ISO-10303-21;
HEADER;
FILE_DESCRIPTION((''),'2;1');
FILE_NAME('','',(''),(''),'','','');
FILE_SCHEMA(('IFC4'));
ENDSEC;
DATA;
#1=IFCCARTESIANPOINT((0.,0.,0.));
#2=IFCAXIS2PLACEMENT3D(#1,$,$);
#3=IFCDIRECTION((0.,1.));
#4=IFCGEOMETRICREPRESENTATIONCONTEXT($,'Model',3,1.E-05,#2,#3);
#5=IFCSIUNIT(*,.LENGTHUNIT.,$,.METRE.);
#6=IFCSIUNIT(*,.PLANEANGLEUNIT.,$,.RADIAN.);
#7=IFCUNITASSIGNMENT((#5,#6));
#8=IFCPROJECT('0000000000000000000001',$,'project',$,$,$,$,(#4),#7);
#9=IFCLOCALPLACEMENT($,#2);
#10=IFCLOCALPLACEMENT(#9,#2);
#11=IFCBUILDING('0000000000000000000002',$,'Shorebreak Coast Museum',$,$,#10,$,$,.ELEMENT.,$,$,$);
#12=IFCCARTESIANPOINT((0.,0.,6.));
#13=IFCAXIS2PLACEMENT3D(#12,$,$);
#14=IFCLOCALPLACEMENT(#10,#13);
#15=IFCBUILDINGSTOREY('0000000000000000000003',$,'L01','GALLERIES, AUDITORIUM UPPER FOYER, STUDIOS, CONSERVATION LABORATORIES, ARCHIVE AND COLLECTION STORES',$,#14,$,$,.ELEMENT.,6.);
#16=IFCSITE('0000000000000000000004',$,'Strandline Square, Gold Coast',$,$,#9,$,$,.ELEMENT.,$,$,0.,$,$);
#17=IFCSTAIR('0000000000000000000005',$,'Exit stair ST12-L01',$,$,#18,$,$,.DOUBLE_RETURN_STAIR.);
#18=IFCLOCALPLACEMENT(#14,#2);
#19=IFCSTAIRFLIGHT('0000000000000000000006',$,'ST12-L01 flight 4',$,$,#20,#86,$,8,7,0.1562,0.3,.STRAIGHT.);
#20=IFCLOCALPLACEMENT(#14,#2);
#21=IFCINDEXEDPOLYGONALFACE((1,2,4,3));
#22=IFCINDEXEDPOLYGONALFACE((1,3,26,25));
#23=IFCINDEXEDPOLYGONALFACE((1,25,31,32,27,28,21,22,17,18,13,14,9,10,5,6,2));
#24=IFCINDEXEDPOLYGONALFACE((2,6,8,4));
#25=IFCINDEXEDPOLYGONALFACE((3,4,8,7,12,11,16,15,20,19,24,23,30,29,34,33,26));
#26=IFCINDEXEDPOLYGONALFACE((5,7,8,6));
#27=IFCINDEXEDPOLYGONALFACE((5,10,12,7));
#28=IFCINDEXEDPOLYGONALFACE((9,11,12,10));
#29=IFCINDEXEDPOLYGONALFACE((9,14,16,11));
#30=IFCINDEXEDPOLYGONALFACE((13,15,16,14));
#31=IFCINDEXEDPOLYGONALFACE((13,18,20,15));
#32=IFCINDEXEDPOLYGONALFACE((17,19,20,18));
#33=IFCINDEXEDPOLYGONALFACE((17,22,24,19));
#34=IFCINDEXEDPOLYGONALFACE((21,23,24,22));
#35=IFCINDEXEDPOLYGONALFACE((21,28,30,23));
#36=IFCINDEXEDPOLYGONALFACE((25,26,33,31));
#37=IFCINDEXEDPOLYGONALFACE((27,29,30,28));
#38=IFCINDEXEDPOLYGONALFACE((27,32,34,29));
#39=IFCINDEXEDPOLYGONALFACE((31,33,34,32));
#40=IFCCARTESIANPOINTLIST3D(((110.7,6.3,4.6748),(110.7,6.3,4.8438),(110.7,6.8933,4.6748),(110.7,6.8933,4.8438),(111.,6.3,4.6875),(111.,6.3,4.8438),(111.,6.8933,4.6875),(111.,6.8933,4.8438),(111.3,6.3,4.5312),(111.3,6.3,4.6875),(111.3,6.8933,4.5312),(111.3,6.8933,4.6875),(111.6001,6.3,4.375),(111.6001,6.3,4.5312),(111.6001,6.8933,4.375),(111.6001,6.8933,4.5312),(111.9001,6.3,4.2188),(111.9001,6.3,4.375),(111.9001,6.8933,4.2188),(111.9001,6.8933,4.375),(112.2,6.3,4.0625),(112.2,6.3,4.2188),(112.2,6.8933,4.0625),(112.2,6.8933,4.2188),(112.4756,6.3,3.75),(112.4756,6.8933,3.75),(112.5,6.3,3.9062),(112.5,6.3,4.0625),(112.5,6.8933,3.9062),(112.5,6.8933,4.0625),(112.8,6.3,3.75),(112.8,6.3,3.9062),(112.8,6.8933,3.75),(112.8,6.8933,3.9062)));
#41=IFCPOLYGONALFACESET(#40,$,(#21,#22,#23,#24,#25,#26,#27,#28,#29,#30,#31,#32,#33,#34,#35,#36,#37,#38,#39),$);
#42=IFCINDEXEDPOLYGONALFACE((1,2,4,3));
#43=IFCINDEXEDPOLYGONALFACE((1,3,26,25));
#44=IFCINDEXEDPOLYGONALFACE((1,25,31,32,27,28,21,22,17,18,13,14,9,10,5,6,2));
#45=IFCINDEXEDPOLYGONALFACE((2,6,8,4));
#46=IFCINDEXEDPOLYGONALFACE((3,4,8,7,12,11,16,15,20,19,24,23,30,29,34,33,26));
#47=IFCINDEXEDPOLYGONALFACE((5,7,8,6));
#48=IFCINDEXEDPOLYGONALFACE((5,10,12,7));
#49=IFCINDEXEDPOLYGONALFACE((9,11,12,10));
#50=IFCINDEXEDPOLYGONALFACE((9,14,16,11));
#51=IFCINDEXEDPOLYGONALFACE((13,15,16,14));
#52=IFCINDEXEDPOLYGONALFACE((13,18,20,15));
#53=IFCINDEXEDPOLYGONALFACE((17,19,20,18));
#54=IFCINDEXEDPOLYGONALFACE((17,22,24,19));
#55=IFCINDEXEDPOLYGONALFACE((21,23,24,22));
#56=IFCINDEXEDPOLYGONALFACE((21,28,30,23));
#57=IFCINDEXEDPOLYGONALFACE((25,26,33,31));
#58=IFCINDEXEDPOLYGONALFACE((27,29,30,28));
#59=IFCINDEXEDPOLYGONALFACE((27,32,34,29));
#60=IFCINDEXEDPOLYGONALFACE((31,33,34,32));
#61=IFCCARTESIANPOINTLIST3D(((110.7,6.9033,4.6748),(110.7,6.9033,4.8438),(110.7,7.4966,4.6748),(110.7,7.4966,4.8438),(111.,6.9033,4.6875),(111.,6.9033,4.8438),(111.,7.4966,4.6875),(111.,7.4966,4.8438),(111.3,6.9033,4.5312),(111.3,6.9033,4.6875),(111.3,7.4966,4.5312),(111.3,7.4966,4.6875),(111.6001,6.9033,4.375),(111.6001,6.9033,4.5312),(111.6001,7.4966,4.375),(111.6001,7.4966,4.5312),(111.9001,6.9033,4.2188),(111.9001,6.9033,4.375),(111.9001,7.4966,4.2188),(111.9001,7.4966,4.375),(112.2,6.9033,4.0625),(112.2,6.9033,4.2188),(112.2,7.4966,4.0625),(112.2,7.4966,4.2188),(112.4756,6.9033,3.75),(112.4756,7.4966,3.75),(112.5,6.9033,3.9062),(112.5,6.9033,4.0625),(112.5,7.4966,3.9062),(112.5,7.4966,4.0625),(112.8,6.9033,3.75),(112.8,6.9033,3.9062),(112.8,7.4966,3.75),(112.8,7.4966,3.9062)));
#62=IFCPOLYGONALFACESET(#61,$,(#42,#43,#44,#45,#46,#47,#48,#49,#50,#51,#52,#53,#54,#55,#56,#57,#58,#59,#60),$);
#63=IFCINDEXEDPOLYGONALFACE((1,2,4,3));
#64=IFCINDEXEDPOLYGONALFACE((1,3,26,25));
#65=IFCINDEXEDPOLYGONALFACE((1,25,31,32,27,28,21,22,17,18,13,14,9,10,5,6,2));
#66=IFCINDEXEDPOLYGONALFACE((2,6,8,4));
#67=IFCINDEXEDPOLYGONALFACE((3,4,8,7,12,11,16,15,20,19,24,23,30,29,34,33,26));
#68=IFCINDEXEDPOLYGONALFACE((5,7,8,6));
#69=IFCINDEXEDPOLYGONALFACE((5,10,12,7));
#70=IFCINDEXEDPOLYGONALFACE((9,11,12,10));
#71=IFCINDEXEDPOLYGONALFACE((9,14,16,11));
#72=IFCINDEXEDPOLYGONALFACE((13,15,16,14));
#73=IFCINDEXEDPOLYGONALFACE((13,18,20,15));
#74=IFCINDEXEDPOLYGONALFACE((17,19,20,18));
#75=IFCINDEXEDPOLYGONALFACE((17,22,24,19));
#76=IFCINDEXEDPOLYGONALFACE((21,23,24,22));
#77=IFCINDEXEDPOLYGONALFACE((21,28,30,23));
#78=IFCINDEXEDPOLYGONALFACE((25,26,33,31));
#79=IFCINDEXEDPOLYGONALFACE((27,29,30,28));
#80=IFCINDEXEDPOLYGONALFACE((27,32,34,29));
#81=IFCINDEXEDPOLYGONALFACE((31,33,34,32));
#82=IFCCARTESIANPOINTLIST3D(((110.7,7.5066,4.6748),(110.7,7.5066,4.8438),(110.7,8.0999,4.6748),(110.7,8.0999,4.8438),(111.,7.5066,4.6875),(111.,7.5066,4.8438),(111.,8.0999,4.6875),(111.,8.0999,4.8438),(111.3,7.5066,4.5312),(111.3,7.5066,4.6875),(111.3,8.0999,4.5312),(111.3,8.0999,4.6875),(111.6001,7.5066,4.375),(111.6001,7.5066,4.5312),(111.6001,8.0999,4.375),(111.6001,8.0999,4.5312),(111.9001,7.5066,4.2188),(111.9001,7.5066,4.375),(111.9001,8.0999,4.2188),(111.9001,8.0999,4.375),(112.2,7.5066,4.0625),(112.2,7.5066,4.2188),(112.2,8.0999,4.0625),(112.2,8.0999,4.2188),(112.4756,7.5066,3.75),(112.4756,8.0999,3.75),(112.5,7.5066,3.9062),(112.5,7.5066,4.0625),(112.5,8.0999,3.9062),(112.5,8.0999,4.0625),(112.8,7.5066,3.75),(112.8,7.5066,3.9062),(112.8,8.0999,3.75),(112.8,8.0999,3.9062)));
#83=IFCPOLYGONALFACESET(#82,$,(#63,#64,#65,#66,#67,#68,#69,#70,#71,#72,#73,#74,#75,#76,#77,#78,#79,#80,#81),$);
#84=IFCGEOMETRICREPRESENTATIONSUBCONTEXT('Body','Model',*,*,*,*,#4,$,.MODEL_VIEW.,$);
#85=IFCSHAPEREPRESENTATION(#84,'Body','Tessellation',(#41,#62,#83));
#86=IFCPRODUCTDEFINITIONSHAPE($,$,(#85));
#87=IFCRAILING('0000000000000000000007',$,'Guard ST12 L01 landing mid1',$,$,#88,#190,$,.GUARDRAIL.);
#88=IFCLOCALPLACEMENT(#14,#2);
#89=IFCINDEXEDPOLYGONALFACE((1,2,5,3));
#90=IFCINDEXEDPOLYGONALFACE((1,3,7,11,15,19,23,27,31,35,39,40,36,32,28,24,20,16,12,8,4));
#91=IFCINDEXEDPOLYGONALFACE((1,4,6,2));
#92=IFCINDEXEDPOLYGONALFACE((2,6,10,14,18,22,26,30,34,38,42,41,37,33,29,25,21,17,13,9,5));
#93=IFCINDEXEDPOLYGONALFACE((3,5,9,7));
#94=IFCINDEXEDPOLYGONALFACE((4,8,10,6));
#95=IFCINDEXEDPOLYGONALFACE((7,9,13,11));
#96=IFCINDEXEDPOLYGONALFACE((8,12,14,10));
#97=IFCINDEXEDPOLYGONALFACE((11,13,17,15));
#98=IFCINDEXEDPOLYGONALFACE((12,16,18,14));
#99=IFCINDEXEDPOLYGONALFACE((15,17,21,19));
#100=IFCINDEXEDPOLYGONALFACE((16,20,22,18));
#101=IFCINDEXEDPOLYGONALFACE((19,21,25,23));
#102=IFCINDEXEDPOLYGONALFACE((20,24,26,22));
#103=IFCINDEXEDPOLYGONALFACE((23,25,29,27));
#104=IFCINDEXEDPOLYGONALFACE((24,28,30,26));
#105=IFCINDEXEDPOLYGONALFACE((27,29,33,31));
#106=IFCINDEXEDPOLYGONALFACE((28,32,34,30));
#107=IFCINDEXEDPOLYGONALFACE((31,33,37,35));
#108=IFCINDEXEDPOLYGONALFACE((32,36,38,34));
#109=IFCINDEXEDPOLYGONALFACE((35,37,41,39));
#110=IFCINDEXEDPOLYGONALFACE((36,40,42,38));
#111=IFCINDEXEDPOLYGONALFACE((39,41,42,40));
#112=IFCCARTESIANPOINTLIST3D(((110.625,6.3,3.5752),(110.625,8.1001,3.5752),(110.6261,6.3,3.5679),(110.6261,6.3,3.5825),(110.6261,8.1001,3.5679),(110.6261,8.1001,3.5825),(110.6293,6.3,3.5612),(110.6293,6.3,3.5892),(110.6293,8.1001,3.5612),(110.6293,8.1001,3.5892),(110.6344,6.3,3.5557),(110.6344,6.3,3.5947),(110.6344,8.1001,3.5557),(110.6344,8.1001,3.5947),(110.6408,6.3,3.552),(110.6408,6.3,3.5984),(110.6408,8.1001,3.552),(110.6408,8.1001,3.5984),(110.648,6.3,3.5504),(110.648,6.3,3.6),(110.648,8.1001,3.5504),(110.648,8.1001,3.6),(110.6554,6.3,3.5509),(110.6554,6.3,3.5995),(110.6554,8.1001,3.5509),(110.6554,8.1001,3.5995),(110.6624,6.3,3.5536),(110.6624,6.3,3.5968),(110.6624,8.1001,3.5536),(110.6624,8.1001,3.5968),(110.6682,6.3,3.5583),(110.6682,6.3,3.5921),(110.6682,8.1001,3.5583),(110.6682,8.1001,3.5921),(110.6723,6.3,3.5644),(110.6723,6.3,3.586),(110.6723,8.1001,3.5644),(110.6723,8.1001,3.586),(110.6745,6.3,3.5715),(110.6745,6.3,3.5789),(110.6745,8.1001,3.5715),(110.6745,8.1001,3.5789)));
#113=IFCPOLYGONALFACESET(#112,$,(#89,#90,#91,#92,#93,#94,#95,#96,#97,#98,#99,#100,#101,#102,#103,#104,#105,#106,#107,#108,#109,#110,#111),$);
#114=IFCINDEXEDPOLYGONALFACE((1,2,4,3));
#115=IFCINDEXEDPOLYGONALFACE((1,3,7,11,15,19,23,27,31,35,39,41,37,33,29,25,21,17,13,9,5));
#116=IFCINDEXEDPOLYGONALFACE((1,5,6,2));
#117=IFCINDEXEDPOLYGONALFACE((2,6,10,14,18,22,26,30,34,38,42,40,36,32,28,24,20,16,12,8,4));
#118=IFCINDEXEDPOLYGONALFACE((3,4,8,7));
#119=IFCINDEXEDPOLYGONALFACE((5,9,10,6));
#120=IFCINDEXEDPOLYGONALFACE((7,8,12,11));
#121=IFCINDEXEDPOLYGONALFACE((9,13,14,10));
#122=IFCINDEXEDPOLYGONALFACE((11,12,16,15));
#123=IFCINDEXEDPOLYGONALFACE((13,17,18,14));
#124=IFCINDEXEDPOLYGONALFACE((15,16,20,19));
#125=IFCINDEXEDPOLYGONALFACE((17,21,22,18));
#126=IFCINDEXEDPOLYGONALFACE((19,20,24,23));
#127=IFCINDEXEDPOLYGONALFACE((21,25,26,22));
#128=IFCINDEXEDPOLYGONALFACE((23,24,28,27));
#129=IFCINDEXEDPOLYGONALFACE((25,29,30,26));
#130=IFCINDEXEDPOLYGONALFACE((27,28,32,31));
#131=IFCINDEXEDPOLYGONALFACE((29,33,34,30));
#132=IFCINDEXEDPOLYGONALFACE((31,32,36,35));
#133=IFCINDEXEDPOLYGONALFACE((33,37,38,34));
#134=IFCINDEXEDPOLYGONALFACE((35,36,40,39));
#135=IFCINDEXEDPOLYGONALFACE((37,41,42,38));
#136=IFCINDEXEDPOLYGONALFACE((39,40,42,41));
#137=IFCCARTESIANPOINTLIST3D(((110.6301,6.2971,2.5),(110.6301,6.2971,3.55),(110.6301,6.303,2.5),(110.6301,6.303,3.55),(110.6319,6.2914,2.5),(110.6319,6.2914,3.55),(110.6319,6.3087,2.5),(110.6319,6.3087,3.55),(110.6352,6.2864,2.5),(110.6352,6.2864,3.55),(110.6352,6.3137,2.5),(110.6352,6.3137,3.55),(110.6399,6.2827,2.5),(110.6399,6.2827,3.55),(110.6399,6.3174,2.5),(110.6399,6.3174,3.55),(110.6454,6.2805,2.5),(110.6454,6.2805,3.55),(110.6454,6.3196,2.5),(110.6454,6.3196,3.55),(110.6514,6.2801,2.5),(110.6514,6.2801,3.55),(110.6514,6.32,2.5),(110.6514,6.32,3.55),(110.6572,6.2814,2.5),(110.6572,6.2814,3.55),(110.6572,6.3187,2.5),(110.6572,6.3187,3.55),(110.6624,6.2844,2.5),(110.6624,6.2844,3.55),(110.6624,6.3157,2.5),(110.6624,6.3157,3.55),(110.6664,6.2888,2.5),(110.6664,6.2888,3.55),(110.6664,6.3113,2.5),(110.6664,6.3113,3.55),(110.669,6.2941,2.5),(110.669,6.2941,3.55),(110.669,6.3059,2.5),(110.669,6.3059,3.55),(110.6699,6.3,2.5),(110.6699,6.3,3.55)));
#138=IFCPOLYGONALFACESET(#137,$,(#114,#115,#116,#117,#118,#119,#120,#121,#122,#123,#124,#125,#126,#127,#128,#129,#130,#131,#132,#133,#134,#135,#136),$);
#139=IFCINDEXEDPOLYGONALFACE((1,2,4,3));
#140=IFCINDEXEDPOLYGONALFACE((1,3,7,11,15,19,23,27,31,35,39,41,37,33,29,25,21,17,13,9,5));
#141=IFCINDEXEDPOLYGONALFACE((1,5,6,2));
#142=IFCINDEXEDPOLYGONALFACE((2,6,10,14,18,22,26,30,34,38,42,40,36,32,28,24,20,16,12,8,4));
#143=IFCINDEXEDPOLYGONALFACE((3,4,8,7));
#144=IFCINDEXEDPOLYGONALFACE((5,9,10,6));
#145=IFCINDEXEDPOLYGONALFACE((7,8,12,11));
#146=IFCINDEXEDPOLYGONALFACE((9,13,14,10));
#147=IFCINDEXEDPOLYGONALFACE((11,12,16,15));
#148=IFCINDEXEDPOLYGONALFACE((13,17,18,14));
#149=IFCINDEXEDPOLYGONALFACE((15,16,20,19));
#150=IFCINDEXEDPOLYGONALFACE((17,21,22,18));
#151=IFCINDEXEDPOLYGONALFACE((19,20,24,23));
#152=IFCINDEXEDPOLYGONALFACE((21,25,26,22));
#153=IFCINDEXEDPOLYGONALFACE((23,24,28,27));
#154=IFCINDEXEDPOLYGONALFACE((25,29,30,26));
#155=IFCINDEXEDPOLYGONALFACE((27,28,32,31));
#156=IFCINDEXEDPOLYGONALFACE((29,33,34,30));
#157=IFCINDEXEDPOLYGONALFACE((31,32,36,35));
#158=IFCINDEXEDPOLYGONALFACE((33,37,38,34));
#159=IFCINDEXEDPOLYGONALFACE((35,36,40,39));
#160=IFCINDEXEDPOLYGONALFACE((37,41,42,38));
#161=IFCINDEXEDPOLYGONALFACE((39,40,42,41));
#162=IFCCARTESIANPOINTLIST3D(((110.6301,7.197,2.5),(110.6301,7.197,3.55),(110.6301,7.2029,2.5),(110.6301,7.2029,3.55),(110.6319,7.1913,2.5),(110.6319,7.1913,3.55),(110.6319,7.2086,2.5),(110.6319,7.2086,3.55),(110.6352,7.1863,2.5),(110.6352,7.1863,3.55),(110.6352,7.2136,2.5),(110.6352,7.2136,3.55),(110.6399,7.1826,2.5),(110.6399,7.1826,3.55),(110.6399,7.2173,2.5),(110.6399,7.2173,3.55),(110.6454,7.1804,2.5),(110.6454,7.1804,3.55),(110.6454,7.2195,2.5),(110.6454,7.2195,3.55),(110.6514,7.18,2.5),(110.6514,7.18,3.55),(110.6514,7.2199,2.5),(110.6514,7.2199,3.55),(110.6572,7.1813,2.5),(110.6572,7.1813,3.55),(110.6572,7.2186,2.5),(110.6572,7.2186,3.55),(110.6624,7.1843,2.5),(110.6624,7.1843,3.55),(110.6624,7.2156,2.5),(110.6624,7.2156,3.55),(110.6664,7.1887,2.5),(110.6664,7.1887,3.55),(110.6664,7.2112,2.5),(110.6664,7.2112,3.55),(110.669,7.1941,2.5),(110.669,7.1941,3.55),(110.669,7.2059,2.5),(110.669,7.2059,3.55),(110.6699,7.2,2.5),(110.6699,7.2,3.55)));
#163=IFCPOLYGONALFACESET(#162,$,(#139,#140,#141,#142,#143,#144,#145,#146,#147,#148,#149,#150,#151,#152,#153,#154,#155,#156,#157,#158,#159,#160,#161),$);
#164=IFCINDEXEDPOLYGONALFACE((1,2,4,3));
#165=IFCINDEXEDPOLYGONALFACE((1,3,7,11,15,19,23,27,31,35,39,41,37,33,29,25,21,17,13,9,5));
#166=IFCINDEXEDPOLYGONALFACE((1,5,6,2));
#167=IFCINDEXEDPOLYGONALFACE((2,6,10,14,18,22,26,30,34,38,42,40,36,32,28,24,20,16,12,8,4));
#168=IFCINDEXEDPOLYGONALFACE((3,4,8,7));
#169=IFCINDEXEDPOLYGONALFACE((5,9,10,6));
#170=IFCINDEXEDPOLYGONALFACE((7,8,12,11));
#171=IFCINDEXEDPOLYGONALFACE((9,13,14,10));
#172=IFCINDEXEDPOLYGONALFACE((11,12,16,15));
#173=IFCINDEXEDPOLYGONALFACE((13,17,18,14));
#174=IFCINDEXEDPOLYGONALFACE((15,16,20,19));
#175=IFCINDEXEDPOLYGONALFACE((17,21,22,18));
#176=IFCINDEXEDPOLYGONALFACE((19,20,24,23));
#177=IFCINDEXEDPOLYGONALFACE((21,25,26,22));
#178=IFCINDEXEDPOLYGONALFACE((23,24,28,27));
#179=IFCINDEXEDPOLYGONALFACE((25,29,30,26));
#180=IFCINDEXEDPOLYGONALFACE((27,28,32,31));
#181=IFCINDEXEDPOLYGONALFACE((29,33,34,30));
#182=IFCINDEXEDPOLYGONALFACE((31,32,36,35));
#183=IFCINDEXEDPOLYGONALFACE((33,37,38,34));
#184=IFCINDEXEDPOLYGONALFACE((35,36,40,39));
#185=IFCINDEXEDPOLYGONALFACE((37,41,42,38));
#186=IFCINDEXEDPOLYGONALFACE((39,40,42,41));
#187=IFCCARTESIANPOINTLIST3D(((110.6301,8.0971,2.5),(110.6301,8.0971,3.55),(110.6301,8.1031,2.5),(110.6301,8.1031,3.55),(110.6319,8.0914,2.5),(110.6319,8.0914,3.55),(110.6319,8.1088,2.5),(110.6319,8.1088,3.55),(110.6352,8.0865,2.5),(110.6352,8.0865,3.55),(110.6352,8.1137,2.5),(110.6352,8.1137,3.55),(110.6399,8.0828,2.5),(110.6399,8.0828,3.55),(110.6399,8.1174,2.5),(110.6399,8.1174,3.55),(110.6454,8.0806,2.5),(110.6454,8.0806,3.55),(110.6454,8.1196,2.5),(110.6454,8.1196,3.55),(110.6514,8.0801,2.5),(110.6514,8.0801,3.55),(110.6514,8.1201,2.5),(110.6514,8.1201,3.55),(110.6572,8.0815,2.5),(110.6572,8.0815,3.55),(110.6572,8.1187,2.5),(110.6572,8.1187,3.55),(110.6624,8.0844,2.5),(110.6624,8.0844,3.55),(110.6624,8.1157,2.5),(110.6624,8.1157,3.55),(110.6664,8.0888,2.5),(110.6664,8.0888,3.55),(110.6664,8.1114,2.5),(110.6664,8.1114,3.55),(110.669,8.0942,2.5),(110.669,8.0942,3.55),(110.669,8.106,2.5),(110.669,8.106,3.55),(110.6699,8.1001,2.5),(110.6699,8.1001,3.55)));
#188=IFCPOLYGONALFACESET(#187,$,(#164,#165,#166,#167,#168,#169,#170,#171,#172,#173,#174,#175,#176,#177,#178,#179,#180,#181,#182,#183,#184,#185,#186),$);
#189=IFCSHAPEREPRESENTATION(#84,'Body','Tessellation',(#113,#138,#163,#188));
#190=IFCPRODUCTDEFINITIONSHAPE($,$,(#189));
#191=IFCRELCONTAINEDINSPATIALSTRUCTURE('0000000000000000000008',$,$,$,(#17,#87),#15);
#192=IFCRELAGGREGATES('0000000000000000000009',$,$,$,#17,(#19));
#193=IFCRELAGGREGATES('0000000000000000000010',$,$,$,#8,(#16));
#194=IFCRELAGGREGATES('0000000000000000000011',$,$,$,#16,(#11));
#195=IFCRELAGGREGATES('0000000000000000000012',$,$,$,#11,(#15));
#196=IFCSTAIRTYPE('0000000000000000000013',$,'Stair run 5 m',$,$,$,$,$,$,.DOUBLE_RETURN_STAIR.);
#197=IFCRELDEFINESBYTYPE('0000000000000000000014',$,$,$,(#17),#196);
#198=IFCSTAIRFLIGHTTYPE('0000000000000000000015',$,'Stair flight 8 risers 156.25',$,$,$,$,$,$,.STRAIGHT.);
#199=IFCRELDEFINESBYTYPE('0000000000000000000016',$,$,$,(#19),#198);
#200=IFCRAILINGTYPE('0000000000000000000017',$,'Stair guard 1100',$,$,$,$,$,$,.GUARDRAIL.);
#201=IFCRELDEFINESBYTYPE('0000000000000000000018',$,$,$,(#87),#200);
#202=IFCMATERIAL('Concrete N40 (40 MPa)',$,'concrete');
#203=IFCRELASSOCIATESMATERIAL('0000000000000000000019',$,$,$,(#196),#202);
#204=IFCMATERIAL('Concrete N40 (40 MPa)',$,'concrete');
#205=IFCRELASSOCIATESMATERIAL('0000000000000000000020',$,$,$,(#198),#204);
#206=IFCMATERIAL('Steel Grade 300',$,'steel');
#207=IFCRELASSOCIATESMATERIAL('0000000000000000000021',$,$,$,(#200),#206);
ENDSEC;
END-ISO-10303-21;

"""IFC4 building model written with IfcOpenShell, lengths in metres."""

from ifc_helpers import new_model, si_unit, direction, frame, origin, origin_2d, place, context, subcontext, project, spatial, polyline, circle, outline, extrude, material, type_object, element, aggregate, save


model = new_model("IFC4")

# Units and contexts
model_context = context("Model", 3, precision=1e-05, world=origin(), true_north=direction((0.0, 1.0)))
body_context = subcontext(model_context, "Body", "Model", "MODEL_VIEW")
ifc_project = project(units=[si_unit("LENGTHUNIT", "METRE"), si_unit("PLANEANGLEUNIT", "RADIAN")], contexts=[model_context])

# Site, building, storey
site_placement = place(None, origin())
site = spatial("IfcSite", under=ifc_project, at=site_placement, Name="Strandline Square, Gold Coast", CompositionType="ELEMENT", RefElevation=0.0)
building_placement = place(site_placement, origin())
building = spatial("IfcBuilding", under=site, at=building_placement, Name="Shorebreak Coast Museum", CompositionType="ELEMENT")
storey_placement = place(building_placement, frame((0.0, 0.0, 6.0)))
storey = spatial("IfcBuildingStorey", under=building, at=storey_placement, Name="L01", Description="GALLERIES, AUDITORIUM UPPER FOYER, STUDIOS, CONSERVATION LABORATORIES, ARCHIVE AND COLLECTION STORES", CompositionType="ELEMENT", Elevation=6.0)

# Stair, stair flight
ifc_material_1 = material(Name="Concrete N40 (40 MPa)", Category="concrete")
stair_type = type_object("IfcStairType", Name="Stair run 5 m", PredefinedType="DOUBLE_RETURN_STAIR", material=ifc_material_1)
stair_placement = place(storey_placement, origin())
stair = element("IfcStair", 1, at=stair_placement, inside=storey, type_object=stair_type, Name="Exit stair ST12-L01", PredefinedType="DOUBLE_RETURN_STAIR")
ifc_material_2 = material(Name="Concrete N40 (40 MPa)", Category="concrete")
stair_flight_type = type_object("IfcStairFlightType", Name="Stair flight 8 risers 156.25", PredefinedType="STRAIGHT", material=ifc_material_2)
stair_flight_1_placement = place(storey_placement, frame((112.8, 7.2, 3.75), z_axis=(0.0, 0.0, 1.0), x_axis=(-1.0, 0.0, 0.0)))
stair_flight_1 = element("IfcStairFlight", 2, at=stair_flight_1_placement, type_object=stair_flight_type, Name="ST12-L01 flight 4", NumberOfRisers=8, NumberOfTreads=7, PredefinedType="STRAIGHT", RiserHeight=0.1562, TreadLength=0.3, context=body_context, shape_type="SweptSolid", body=[
    extrude(outline(polyline([(0.0, 0.0), (0.0, 0.1562), (0.3, 0.1562), (0.3, 0.3125), (0.6001, 0.3125), (0.6001, 0.4688), (0.8999, 0.4688), (0.8999, 0.625), (1.2, 0.625), (1.2, 0.7812), (1.5, 0.7812), (1.5, 0.9375), (1.8, 0.9375), (1.8, 1.0938), (2.1001, 1.0938), (2.1001, 1.25), (2.1001, 0.9248), (0.3245, 0.0), (0.0, 0.0)])), frame((0.0, 0.8999, 0.0), z_axis=(0.0, -1.0, 0.0), x_axis=(1.0, 0.0, 0.0)), (0.0, 0.0, 1.0), 0.5933),
    extrude(outline(polyline([(0.0, 0.0), (0.0, 0.1562), (0.3, 0.1562), (0.3, 0.3125), (0.6001, 0.3125), (0.6001, 0.4688), (0.8999, 0.4688), (0.8999, 0.625), (1.2, 0.625), (1.2, 0.7812), (1.5, 0.7812), (1.5, 0.9375), (1.8, 0.9375), (1.8, 1.0938), (2.1001, 1.0938), (2.1001, 1.25), (2.1001, 0.9248), (0.3245, 0.0), (0.0, 0.0)])), frame((0.0, 0.2966, 0.0), z_axis=(0.0, -1.0, 0.0), x_axis=(1.0, 0.0, 0.0)), (0.0, 0.0, 1.0), 0.5933),
    extrude(outline(polyline([(0.0, 0.0), (0.0, 0.1562), (0.3, 0.1562), (0.3, 0.3125), (0.6001, 0.3125), (0.6001, 0.4688), (0.8999, 0.4688), (0.8999, 0.625), (1.2, 0.625), (1.2, 0.7812), (1.5, 0.7812), (1.5, 0.9375), (1.8, 0.9375), (1.8, 1.0938), (2.1001, 1.0938), (2.1001, 1.25), (2.1001, 0.9248), (0.3245, 0.0), (0.0, 0.0)])), frame((0.0, -0.3066, 0.0), z_axis=(0.0, -1.0, 0.0), x_axis=(1.0, 0.0, 0.0)), (0.0, 0.0, 1.0), 0.5933),
])
aggregate(stair, [stair_flight_1])

# Railing
ifc_material_3 = material(Name="Steel Grade 300", Category="steel")
railing_type_1 = type_object("IfcRailingType", Name="Stair guard 1100", PredefinedType="GUARDRAIL", material=ifc_material_3)
railing_1_placement = place(storey_placement, frame((110.6499, 6.3, 2.5)))
element("IfcRailing", 3, at=railing_1_placement, inside=storey, type_object=railing_type_1, Name="Guard ST12 L01 landing mid1", PredefinedType="GUARDRAIL", context=body_context, shape_type="SweptSolid", body=[
    extrude(circle(Radius=0.0249, at=origin_2d()), frame((0.0, 0.0, 1.0752), z_axis=(0.0, 1.0, 0.0), x_axis=(-1.0, 0.0, 0.0)), (0.0, 0.0, 1.0), 1.8),
    extrude(circle(Radius=0.02, at=origin_2d()), origin(), (0.0, 0.0, 1.0), 1.05),
    extrude(circle(Radius=0.02, at=origin_2d()), frame((0.0, 0.8999, 0.0)), (0.0, 0.0, 1.0), 1.05),
    extrude(circle(Radius=0.02, at=origin_2d()), frame((0.0, 1.8, 0.0)), (0.0, 0.0, 1.0), 1.05),
])

save(model, "model.ifc")
